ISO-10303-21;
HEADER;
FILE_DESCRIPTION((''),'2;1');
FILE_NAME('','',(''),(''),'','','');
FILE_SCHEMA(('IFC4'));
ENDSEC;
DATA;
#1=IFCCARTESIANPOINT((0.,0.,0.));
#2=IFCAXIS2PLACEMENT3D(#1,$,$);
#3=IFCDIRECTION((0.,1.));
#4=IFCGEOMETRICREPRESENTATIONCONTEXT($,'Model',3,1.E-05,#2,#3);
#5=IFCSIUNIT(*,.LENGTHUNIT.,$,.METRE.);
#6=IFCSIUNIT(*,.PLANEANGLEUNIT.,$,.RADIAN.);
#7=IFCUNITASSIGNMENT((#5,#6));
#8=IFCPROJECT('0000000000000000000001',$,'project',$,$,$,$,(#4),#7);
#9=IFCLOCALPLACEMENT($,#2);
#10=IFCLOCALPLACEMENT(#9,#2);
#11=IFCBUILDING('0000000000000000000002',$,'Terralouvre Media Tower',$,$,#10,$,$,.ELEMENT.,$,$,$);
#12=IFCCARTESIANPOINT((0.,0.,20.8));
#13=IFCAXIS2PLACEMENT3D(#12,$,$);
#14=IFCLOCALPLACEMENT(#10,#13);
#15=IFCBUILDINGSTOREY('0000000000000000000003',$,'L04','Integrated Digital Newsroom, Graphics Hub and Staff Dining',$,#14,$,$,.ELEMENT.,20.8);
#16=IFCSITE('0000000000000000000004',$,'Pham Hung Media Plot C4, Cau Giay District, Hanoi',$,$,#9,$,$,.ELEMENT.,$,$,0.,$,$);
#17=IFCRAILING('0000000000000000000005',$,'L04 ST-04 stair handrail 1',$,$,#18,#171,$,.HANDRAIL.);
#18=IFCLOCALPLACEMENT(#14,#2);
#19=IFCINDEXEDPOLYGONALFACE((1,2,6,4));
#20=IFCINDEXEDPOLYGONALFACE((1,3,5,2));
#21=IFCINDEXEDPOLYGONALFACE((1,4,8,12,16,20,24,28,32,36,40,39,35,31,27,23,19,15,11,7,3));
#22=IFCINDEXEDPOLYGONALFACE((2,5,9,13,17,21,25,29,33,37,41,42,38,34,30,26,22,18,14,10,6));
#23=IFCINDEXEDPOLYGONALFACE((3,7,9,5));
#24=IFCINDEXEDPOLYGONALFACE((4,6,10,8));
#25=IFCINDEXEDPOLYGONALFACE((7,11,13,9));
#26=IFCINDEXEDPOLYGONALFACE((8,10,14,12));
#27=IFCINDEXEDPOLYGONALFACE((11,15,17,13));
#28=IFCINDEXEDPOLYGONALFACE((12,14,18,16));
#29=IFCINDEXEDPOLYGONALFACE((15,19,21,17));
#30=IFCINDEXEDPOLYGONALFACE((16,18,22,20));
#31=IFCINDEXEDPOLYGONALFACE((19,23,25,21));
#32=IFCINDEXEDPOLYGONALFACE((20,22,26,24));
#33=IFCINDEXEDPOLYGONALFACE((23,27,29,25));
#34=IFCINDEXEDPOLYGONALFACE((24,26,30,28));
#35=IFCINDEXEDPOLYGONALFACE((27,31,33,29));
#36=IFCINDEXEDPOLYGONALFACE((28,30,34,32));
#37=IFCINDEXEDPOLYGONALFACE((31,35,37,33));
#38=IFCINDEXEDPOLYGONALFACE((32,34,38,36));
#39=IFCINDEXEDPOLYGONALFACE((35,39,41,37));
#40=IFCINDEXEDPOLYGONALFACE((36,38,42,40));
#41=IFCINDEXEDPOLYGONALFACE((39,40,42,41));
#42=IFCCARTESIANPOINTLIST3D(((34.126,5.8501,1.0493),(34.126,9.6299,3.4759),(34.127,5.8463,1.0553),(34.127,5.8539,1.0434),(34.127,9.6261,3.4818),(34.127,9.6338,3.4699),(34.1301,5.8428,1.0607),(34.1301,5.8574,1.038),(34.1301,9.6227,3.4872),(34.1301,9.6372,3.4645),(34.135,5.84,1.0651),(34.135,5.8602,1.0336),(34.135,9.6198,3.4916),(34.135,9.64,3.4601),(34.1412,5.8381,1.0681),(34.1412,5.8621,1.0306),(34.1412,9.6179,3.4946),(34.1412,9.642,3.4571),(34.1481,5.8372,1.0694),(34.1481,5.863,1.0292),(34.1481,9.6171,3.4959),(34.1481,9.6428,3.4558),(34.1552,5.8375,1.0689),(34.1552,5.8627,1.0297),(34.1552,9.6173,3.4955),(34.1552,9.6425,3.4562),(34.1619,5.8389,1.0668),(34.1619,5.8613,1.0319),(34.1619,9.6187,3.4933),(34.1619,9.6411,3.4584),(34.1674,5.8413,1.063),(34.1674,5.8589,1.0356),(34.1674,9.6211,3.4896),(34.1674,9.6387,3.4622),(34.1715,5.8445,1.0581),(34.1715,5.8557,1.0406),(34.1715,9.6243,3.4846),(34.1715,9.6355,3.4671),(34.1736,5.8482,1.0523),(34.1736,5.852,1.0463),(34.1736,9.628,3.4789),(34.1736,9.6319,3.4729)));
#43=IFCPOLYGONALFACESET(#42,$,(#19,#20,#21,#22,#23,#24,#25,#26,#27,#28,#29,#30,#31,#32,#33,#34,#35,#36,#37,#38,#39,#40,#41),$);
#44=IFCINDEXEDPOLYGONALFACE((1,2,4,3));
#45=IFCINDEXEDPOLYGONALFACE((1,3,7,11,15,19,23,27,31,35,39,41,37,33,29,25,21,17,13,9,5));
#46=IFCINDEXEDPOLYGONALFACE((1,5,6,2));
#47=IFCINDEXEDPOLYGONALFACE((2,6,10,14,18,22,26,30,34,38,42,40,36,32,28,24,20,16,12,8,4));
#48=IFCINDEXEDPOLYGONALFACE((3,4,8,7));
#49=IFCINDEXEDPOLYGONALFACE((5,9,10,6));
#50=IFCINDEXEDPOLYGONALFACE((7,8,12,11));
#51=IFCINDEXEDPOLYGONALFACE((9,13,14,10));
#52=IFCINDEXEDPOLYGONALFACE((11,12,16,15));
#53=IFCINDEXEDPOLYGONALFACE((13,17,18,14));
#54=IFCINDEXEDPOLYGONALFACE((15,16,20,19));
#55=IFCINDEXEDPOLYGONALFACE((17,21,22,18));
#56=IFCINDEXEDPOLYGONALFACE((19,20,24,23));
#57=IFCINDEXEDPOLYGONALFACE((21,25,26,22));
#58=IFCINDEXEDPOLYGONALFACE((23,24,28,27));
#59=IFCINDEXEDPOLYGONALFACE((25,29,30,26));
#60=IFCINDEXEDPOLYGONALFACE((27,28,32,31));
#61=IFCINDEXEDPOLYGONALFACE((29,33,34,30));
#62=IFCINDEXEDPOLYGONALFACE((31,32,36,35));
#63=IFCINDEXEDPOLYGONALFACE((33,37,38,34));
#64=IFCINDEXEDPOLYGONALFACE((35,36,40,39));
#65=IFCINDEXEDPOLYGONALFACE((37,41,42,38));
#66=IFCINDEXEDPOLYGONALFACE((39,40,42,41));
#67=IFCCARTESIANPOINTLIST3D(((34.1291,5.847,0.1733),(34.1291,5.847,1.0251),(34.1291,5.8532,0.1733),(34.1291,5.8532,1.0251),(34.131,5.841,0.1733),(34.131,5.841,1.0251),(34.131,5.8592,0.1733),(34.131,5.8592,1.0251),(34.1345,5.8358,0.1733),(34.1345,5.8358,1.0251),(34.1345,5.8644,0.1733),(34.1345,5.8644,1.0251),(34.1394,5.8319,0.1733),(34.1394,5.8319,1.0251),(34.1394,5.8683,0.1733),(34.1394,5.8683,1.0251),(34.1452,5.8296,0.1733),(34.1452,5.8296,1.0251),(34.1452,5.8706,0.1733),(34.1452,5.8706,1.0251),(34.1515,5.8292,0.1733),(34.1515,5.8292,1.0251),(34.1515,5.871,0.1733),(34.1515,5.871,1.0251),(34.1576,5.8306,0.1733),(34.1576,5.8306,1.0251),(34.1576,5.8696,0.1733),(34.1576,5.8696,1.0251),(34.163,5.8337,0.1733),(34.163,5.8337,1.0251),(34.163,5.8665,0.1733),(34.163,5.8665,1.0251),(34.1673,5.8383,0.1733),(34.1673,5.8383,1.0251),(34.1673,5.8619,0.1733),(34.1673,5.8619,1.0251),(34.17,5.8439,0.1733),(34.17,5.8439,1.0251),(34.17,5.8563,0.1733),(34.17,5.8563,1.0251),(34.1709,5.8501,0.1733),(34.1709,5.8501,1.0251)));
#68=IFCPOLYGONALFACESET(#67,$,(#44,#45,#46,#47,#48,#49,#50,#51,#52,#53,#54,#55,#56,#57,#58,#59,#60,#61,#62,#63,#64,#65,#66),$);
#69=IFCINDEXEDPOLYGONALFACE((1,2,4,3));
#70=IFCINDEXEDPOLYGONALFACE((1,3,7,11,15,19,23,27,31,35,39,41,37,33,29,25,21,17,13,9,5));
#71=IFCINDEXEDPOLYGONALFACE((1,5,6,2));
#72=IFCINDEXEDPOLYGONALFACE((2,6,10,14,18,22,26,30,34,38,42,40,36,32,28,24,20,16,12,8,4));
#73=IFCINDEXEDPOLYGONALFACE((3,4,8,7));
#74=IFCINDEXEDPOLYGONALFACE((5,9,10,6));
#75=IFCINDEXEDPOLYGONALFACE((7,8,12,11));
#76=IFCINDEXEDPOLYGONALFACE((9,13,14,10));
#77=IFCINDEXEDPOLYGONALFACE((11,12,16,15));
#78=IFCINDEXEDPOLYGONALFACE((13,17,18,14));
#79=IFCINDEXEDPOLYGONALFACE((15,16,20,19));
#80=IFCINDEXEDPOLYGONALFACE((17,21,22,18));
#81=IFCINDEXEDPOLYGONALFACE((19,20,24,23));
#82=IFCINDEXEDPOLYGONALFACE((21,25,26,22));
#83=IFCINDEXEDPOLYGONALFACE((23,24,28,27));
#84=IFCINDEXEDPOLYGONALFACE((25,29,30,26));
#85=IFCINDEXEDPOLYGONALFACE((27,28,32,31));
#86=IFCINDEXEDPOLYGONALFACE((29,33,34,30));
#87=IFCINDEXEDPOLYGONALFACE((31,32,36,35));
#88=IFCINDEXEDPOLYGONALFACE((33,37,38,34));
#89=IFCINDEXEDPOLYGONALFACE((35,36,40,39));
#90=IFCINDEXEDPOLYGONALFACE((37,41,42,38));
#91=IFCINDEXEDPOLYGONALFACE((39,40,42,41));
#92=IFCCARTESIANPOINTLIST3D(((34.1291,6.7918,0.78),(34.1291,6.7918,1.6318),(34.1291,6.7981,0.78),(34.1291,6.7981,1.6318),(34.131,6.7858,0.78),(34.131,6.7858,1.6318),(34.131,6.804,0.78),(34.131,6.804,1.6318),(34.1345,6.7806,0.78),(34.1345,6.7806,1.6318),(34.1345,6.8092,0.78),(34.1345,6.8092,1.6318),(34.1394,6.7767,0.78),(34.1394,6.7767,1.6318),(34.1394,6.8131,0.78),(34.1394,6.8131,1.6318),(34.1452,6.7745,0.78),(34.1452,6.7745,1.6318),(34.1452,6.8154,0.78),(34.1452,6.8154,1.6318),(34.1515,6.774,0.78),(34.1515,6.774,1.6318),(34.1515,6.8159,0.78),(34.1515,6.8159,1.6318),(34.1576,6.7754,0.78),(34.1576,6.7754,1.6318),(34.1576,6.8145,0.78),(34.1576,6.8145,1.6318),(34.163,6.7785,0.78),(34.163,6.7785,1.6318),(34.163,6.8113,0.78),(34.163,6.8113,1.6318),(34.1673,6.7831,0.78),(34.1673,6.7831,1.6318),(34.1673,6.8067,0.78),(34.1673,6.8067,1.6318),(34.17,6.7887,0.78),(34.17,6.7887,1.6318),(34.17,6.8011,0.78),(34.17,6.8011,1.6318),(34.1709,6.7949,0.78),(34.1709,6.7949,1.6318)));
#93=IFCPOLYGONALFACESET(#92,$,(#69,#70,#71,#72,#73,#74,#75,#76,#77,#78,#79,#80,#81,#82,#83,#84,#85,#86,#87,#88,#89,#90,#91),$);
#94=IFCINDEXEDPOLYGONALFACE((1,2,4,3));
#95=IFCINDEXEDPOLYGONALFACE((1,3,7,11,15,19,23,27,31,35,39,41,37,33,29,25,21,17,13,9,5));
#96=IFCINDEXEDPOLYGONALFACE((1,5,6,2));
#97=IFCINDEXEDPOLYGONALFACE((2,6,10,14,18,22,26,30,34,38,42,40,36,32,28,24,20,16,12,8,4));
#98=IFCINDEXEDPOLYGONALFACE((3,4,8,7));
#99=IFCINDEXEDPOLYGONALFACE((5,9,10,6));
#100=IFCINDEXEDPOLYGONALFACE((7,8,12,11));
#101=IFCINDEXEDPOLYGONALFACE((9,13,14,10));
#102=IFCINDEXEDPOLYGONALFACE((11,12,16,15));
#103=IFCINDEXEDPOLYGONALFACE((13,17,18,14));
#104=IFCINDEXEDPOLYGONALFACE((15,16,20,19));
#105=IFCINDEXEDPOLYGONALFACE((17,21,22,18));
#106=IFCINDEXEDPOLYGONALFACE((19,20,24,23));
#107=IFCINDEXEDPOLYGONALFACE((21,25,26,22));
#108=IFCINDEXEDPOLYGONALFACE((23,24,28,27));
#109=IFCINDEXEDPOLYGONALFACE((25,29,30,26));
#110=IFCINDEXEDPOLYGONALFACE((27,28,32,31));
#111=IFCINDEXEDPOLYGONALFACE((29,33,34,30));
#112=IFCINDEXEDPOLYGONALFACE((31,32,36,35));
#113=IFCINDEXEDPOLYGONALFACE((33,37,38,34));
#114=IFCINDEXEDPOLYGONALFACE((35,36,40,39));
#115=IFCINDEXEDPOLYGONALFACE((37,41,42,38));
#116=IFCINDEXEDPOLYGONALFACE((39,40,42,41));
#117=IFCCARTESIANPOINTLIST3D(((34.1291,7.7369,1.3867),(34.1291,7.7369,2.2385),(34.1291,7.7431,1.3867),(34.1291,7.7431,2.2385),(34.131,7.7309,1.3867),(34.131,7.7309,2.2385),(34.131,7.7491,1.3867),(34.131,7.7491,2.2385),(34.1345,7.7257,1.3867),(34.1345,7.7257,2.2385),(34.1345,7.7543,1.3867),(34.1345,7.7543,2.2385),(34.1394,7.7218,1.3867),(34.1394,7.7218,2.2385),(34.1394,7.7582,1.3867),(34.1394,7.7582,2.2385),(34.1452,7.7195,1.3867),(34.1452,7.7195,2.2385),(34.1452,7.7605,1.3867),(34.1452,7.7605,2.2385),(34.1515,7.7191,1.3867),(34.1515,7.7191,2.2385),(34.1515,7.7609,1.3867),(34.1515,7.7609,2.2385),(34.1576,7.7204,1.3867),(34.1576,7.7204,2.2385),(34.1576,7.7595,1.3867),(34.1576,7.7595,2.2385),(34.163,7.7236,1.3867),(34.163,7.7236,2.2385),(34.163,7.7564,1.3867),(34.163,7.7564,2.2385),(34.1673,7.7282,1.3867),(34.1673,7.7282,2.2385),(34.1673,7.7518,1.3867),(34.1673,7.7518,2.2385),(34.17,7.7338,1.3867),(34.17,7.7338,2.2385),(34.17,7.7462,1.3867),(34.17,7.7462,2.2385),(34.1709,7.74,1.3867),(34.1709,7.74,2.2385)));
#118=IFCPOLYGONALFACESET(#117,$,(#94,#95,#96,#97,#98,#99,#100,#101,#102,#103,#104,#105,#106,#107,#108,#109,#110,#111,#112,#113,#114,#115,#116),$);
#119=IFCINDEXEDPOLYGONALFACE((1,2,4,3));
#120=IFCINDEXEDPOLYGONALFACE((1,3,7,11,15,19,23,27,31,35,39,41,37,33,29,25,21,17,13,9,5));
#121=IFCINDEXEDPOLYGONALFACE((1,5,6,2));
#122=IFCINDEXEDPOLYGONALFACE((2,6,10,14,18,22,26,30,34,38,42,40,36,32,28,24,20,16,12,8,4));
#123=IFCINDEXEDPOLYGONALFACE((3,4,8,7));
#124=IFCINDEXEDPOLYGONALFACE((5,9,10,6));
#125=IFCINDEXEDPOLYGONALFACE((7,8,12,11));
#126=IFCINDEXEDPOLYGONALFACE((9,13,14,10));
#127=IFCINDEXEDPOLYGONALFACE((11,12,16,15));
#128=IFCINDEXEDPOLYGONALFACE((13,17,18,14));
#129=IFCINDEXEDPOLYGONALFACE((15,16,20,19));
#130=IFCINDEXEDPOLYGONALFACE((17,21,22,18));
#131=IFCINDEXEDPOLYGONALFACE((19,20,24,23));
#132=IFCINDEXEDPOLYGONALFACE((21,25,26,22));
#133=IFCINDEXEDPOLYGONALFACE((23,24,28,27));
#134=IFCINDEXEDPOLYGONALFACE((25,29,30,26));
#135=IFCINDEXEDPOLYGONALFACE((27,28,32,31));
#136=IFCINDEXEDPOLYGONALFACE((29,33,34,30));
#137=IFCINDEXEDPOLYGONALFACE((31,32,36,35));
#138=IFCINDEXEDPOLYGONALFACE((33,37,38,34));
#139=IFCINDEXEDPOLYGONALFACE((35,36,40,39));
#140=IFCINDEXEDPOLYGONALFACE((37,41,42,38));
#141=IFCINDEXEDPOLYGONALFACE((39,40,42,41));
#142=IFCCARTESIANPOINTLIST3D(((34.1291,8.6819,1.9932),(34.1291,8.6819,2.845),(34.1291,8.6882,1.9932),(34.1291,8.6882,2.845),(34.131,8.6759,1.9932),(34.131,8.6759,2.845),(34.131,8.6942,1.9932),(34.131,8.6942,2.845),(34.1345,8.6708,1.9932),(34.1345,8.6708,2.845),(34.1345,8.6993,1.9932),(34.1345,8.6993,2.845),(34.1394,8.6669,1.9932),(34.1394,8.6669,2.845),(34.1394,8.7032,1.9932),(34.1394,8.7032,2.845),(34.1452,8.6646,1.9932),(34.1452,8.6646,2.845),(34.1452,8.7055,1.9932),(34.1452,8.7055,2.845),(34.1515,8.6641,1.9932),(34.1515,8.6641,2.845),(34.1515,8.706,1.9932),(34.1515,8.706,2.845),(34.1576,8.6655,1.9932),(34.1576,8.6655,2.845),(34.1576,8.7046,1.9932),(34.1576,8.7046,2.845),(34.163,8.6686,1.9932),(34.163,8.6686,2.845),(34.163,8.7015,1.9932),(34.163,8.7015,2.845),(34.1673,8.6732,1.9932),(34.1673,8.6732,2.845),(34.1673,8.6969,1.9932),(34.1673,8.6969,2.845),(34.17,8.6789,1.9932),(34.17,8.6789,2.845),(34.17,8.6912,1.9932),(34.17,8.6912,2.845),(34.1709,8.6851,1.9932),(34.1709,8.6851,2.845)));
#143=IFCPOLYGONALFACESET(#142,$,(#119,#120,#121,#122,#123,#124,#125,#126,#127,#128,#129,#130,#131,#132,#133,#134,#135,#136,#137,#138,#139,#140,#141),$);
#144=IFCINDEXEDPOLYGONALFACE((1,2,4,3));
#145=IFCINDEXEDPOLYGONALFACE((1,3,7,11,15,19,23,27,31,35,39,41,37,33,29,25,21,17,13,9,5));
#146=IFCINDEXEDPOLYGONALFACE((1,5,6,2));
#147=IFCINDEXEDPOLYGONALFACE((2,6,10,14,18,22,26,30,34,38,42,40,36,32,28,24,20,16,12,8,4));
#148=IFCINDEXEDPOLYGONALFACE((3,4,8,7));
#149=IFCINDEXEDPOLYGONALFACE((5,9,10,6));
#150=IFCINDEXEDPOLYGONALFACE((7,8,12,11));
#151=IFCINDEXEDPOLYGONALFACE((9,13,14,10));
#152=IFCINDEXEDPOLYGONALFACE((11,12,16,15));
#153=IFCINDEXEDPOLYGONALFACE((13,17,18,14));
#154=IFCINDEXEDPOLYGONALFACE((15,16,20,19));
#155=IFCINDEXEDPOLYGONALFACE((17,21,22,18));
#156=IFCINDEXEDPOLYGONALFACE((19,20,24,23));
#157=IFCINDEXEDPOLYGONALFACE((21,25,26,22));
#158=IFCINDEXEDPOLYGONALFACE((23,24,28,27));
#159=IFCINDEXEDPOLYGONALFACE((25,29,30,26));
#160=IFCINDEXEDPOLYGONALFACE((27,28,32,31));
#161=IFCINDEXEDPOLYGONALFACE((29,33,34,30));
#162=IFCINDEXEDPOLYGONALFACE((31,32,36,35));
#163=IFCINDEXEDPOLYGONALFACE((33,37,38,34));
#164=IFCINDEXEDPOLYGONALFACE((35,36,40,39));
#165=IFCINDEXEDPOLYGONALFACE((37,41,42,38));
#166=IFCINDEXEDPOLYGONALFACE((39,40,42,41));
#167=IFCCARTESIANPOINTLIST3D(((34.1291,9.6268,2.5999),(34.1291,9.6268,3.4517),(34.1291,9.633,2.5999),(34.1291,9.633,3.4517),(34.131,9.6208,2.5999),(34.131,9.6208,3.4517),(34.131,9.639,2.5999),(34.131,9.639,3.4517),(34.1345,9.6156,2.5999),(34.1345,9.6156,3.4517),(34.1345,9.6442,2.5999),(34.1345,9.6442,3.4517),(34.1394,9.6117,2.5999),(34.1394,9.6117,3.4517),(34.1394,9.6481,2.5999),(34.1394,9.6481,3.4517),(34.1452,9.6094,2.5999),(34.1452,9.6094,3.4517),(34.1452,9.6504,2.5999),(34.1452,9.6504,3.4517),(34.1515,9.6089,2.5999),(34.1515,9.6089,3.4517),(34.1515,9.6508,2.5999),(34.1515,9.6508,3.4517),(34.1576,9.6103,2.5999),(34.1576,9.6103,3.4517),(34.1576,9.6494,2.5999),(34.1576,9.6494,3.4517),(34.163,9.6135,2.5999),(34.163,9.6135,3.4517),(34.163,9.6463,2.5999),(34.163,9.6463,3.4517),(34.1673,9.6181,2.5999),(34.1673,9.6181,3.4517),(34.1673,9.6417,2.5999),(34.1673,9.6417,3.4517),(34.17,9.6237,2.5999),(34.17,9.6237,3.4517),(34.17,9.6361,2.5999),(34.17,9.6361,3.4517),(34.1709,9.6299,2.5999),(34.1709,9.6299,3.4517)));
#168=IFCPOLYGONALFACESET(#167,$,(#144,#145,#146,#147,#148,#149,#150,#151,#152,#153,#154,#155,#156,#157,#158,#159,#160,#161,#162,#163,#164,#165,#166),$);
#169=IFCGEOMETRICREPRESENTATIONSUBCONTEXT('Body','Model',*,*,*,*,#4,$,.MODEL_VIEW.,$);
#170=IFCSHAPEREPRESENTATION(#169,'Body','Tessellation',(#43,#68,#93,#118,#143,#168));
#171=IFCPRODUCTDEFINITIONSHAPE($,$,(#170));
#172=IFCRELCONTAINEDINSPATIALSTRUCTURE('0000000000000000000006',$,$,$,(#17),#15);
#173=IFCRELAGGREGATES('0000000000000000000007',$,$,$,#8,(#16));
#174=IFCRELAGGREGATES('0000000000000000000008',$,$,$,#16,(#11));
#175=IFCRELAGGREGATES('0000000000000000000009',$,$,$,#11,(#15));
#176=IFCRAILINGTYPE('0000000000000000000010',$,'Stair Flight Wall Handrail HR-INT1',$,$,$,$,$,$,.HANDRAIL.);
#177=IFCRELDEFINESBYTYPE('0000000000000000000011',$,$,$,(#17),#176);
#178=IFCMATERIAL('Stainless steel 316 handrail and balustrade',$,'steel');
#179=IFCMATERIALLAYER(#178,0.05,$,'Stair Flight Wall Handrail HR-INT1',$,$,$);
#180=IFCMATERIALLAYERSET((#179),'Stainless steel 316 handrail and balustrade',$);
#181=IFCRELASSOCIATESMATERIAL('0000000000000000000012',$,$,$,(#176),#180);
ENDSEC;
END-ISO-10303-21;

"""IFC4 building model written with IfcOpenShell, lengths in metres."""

from ifc_helpers import new_model, si_unit, direction, frame, origin, origin_2d, place, context, subcontext, project, spatial, circle, extrude, material, layer, layer_set, type_object, element, save


model = new_model("IFC4")

# Units and contexts
model_context = context("Model", 3, precision=1e-05, world=origin(), true_north=direction((0.0, 1.0)))
body_context = subcontext(model_context, "Body", "Model", "MODEL_VIEW")
ifc_project = project(units=[si_unit("LENGTHUNIT", "METRE"), si_unit("PLANEANGLEUNIT", "RADIAN")], contexts=[model_context])

# Site, building, storey
site_placement = place(None, origin())
site = spatial("IfcSite", under=ifc_project, at=site_placement, Name="Pham Hung Media Plot C4, Cau Giay District, Hanoi", CompositionType="ELEMENT", RefElevation=0.0)
building_placement = place(site_placement, origin())
building = spatial("IfcBuilding", under=site, at=building_placement, Name="Terralouvre Media Tower", CompositionType="ELEMENT")
storey_placement = place(building_placement, frame((0.0, 0.0, 20.8)))
storey = spatial("IfcBuildingStorey", under=building, at=storey_placement, Name="L04", Description="Integrated Digital Newsroom, Graphics Hub and Staff Dining", CompositionType="ELEMENT", Elevation=20.8)

# Railing
ifc_material_1 = material(Name="Stainless steel 316 handrail and balustrade", Category="steel")
ifc_layer_1 = layer(ifc_material_1, 0.05, Name="Stair Flight Wall Handrail HR-INT1")
ifc_layer_set_1 = layer_set([ifc_layer_1], Name="Stainless steel 316 handrail and balustrade")
railing_type_1 = type_object("IfcRailingType", Name="Stair Flight Wall Handrail HR-INT1", PredefinedType="HANDRAIL", material=ifc_layer_set_1)
railing_1_placement = place(storey_placement, frame((34.1499, 5.8501, 0.1733)))
element("IfcRailing", 1, at=railing_1_placement, inside=storey, type_object=railing_type_1, Name="L04 ST-04 stair handrail 1", PredefinedType="HANDRAIL", context=body_context, shape_type="SweptSolid", body=[
    extrude(circle(Radius=0.0239, at=origin_2d()), frame((0.0, 0.0, 0.876), z_axis=(0.0, 0.841517, 0.54023), x_axis=(-1.0, 0.0, 0.0)), (0.0, 0.0, 1.0), 4.4917),
    extrude(circle(Radius=0.021, at=origin_2d()), origin(), (0.0, 0.0, 1.0), 0.8518),
    extrude(circle(Radius=0.021, at=origin_2d()), frame((0.0, 0.9448, 0.6067)), (0.0, 0.0, 1.0), 0.8518),
    extrude(circle(Radius=0.021, at=origin_2d()), frame((0.0, 1.8899, 1.2134)), (0.0, 0.0, 1.0), 0.8518),
    extrude(circle(Radius=0.021, at=origin_2d()), frame((0.0, 2.835, 1.8198)), (0.0, 0.0, 1.0), 0.8518),
    extrude(circle(Radius=0.021, at=origin_2d()), frame((0.0, 3.7798, 2.4265)), (0.0, 0.0, 1.0), 0.8518),
])

save(model, "model.ifc")
